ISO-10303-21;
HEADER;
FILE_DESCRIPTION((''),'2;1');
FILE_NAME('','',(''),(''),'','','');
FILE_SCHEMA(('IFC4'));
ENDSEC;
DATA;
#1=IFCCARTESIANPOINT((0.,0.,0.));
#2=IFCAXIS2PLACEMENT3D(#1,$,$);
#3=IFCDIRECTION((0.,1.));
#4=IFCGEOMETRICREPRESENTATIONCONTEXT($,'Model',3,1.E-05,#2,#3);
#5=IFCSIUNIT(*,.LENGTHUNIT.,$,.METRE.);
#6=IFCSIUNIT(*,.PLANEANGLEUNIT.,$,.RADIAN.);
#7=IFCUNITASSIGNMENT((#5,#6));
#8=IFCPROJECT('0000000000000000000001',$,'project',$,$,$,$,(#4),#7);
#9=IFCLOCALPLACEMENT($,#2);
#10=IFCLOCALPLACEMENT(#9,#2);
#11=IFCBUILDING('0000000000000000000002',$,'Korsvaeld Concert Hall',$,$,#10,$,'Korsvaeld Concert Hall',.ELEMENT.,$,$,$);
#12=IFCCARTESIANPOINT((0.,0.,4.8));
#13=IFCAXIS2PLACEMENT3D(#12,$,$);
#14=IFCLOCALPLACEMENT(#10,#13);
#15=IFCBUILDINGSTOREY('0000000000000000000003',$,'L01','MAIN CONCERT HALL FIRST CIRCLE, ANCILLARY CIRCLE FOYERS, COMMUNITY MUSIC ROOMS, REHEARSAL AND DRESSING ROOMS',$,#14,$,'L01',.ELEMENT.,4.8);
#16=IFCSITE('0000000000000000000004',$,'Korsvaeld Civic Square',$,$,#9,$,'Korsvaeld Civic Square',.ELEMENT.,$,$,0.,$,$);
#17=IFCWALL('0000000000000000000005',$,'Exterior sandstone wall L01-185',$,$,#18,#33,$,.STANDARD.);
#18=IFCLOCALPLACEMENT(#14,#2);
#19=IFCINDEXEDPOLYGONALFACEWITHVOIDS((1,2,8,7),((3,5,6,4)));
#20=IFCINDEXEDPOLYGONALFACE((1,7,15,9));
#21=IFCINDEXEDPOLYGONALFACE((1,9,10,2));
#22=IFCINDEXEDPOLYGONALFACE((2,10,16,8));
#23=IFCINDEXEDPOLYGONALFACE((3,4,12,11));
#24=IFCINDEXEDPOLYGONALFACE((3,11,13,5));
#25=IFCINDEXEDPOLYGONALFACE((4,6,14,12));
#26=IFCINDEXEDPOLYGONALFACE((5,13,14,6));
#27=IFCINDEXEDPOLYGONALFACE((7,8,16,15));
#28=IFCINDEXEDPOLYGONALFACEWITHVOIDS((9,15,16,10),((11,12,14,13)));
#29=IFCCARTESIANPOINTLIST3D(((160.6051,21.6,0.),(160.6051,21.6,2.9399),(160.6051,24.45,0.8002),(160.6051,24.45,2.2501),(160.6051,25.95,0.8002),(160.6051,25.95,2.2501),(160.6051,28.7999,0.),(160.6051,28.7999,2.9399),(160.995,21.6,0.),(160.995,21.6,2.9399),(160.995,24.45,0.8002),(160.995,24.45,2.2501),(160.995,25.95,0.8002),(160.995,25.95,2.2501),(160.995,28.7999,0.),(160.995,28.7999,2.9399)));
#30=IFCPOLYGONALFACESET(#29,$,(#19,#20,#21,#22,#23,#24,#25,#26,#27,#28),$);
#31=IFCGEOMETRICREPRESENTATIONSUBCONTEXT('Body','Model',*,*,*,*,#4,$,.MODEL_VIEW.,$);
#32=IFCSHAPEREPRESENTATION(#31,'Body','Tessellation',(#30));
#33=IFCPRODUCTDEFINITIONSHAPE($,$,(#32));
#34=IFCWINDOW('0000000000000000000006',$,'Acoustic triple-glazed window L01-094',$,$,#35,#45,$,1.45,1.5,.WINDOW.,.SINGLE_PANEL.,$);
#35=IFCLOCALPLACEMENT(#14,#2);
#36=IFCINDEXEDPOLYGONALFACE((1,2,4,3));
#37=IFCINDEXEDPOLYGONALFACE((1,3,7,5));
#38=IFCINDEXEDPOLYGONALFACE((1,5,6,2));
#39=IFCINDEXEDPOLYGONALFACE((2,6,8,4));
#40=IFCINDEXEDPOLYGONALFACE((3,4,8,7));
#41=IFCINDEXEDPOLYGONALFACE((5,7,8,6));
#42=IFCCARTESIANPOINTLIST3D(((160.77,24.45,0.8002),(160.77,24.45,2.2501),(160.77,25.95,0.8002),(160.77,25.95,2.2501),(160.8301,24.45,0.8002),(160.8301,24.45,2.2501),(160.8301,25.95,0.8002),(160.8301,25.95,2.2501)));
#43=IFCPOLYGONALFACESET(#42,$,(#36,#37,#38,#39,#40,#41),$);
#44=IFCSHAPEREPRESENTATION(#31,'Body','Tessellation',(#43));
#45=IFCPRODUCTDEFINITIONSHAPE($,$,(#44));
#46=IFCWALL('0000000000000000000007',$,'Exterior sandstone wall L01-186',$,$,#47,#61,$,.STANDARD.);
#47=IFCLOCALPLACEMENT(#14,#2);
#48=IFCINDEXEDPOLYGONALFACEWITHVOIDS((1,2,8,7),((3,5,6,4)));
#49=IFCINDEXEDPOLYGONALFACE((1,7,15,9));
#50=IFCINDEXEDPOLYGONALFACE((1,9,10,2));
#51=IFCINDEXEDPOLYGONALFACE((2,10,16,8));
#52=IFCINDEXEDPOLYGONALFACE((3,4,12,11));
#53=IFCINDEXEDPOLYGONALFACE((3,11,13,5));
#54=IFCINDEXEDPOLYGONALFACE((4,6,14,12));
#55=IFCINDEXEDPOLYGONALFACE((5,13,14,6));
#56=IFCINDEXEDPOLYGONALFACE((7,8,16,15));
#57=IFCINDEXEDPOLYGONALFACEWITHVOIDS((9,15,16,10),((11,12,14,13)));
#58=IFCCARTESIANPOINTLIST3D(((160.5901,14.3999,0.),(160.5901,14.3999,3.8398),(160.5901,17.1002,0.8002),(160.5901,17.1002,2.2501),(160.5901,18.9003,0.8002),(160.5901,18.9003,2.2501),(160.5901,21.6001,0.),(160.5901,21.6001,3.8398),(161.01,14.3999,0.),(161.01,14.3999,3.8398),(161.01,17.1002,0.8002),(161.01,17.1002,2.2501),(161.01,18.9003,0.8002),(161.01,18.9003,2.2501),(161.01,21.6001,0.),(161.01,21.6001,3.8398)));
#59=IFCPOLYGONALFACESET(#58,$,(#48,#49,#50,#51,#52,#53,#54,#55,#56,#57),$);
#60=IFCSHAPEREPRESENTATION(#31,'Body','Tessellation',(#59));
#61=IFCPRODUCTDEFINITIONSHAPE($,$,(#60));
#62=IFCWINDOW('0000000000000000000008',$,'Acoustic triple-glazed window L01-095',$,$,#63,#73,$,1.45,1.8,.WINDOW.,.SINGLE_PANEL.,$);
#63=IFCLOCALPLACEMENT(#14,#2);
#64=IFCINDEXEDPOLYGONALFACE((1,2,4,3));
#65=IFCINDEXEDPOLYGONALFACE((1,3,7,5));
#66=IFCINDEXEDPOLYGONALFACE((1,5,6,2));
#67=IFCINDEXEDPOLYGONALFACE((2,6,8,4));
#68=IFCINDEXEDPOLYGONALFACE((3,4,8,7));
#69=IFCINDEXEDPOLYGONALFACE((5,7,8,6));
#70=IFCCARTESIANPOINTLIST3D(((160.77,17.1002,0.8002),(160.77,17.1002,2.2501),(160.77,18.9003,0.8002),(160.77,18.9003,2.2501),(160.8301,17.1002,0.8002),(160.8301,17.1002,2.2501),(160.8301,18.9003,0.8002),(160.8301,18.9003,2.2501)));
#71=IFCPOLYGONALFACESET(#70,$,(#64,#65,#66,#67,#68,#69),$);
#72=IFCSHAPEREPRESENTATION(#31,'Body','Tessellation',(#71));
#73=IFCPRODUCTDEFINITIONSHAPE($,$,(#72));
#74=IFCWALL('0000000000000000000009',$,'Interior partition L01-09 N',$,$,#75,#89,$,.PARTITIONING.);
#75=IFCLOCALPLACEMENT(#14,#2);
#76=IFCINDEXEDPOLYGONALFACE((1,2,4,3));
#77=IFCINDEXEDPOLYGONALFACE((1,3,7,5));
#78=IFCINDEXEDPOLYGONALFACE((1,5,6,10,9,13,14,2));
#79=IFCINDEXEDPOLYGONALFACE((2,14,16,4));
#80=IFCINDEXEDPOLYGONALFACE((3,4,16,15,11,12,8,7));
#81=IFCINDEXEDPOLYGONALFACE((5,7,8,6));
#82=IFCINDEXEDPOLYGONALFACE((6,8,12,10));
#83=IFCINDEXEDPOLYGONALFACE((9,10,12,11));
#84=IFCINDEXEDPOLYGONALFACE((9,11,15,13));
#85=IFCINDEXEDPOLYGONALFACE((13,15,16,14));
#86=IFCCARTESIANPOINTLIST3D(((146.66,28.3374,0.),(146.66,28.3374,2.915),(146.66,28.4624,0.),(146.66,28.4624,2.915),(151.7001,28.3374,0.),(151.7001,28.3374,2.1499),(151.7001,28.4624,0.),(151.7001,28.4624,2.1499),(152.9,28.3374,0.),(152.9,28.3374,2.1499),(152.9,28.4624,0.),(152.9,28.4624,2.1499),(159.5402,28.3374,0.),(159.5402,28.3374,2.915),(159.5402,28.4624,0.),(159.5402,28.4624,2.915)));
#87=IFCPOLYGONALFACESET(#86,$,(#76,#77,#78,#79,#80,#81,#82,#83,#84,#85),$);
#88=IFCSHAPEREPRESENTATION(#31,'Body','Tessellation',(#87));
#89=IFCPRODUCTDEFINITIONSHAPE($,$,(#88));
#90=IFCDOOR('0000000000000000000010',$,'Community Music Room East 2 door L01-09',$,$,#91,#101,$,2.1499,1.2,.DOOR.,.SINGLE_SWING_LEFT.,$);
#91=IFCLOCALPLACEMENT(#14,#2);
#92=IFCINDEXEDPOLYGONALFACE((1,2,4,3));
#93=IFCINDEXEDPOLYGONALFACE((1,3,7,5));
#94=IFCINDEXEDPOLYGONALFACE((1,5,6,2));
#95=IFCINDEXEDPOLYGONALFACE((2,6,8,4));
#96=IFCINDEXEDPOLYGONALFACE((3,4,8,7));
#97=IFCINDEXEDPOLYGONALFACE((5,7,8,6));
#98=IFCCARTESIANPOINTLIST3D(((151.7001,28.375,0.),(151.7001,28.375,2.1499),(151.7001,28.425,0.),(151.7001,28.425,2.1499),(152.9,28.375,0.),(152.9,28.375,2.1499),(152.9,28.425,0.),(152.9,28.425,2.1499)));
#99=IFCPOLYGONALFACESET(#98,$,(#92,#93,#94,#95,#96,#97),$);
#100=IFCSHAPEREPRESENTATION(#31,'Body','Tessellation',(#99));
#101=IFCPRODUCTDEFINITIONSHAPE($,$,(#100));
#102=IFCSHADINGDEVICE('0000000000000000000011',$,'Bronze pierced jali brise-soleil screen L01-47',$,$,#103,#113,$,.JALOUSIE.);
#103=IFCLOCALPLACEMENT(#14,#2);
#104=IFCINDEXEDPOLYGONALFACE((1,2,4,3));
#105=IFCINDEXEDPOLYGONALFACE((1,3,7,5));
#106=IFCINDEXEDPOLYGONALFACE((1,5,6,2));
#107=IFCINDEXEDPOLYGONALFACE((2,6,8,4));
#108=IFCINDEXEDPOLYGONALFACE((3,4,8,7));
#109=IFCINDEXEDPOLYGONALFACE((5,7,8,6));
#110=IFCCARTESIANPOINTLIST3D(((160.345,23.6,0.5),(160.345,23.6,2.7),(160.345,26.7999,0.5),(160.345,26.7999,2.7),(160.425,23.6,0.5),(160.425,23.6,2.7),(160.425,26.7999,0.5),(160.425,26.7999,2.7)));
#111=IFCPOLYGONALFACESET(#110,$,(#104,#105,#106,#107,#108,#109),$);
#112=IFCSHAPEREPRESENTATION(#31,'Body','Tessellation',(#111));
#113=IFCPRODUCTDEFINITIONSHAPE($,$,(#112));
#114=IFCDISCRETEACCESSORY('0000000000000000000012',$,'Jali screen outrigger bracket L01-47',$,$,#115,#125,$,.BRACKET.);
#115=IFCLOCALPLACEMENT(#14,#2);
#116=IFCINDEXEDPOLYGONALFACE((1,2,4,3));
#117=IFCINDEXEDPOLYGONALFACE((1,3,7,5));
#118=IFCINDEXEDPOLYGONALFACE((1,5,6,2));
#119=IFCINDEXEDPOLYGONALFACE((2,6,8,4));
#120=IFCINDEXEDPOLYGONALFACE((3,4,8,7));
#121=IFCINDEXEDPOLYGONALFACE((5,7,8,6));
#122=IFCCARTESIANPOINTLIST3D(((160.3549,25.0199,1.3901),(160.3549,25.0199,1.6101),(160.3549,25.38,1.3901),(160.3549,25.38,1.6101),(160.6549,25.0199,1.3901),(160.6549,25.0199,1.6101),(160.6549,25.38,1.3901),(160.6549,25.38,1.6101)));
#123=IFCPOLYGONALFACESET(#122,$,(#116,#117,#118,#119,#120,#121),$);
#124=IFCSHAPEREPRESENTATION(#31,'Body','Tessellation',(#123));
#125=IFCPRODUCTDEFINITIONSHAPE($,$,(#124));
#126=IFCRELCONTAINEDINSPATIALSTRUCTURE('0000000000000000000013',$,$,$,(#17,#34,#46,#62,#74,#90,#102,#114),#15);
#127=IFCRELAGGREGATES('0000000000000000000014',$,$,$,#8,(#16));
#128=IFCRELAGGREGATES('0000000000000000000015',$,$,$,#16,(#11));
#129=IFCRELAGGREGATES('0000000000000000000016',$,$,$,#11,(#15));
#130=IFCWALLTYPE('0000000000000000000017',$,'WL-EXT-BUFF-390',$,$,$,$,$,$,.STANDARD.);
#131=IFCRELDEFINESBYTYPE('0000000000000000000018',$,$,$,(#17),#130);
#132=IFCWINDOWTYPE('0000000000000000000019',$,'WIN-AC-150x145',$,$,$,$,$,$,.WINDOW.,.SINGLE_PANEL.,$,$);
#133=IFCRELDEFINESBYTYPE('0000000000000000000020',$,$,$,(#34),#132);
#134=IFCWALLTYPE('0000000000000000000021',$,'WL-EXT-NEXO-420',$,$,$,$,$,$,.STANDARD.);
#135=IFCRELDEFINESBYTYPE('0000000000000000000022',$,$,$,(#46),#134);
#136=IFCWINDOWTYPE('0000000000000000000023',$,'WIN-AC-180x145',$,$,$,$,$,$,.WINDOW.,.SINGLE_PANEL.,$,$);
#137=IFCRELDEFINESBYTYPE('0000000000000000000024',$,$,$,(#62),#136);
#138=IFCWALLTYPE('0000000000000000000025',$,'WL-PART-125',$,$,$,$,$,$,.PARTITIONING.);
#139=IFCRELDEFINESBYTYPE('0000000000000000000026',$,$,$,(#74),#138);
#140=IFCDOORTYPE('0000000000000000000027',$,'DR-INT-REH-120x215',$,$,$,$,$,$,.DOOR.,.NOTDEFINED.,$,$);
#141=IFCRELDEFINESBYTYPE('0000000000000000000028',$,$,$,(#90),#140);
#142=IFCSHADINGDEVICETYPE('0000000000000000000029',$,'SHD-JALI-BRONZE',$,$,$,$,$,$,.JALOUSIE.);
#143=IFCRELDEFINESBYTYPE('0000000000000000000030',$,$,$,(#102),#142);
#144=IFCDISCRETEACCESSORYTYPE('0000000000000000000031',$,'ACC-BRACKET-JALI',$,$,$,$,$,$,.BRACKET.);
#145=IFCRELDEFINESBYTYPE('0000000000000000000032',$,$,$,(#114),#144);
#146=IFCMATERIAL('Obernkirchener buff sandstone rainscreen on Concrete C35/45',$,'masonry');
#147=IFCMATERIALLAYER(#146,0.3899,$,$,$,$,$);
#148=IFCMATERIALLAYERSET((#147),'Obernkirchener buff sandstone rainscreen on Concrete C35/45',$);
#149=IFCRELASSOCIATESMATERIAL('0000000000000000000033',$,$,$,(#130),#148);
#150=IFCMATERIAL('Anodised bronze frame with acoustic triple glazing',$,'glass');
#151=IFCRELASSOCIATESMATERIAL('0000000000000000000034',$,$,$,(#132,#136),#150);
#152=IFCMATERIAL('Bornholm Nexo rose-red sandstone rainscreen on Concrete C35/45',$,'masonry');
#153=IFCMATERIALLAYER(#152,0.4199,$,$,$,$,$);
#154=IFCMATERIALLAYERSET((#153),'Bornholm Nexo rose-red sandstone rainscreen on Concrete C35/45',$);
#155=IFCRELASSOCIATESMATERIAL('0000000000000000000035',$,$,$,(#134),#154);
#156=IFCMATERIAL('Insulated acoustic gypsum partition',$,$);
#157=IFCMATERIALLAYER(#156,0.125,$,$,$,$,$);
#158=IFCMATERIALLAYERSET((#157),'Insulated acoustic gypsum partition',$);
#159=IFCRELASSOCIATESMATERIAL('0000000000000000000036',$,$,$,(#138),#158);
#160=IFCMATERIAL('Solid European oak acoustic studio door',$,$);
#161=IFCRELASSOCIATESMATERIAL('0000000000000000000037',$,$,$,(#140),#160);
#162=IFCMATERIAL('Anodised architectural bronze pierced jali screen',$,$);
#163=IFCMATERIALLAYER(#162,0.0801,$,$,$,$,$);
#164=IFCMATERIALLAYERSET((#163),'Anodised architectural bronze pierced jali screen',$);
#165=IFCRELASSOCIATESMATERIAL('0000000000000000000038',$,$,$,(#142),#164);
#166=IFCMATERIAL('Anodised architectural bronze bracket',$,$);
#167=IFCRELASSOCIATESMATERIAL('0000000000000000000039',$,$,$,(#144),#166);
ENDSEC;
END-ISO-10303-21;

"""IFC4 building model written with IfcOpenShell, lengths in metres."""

from ifc_helpers import new_model, si_unit, direction, frame, frame_2d, origin, origin_2d, place, context, subcontext, project, spatial, rectangle, extrude, material, layer, layer_set, type_object, element, fill, save


model = new_model("IFC4")

# Units and contexts
model_context = context("Model", 3, precision=1e-05, world=origin(), true_north=direction((0.0, 1.0)))
body_context = subcontext(model_context, "Body", "Model", "MODEL_VIEW")
ifc_project = project(units=[si_unit("LENGTHUNIT", "METRE"), si_unit("PLANEANGLEUNIT", "RADIAN")], contexts=[model_context])

# Site, building, storey
site_placement = place(None, origin())
site = spatial("IfcSite", under=ifc_project, at=site_placement, Name="Korsvaeld Civic Square", LongName="Korsvaeld Civic Square", CompositionType="ELEMENT", RefElevation=0.0)
building_placement = place(site_placement, origin())
building = spatial("IfcBuilding", under=site, at=building_placement, Name="Korsvaeld Concert Hall", LongName="Korsvaeld Concert Hall", CompositionType="ELEMENT")
storey_placement = place(building_placement, frame((0.0, 0.0, 4.8)))
storey = spatial("IfcBuildingStorey", under=building, at=storey_placement, Name="L01", Description="MAIN CONCERT HALL FIRST CIRCLE, ANCILLARY CIRCLE FOYERS, COMMUNITY MUSIC ROOMS, REHEARSAL AND DRESSING ROOMS", LongName="L01", CompositionType="ELEMENT", Elevation=4.8)

# Walls, openings, windows
ifc_material_1 = material(Name="Obernkirchener buff sandstone rainscreen on Concrete C35/45", Category="masonry")
ifc_layer_1 = layer(ifc_material_1, 0.3899)
ifc_layer_set_1 = layer_set([ifc_layer_1], Name="Obernkirchener buff sandstone rainscreen on Concrete C35/45")
wall_type_1 = type_object("IfcWallType", Name="WL-EXT-BUFF-390", PredefinedType="STANDARD", material=ifc_layer_set_1)
wall_1_placement = place(storey_placement, frame((160.8, 28.8, 0.0), z_axis=(0.0, 0.0, 1.0), x_axis=(0.0, -1.0, 0.0)))
wall_1 = element("IfcWall", 1, at=wall_1_placement, inside=storey, type_object=wall_type_1, Name="Exterior sandstone wall L01-185", PredefinedType="STANDARD", context=body_context, shape_type="SweptSolid", body=[
    extrude(rectangle(XDim=7.2, YDim=0.3899, at=frame_2d((3.6001, 0.0))), origin(), (0.0, 0.0, 1.0), 2.9399),
])
opening_1_placement = place(wall_1_placement, frame((2.8501, 0.0, 0.8)))
opening_1 = element("IfcOpeningElement", 2, at=opening_1_placement, cuts=wall_1, PredefinedType="OPENING", context=body_context, shape_type="SweptSolid", body=[
    extrude(rectangle(XDim=1.5, YDim=1.45, at=frame_2d((0.75, 0.7251))), frame((0.0, 0.2051, 0.0), z_axis=(0.0, -1.0, 0.0), x_axis=(1.0, 0.0, 0.0)), (0.0, 0.0, 1.0), 0.4099),
])
ifc_material_2 = material(Name="Anodised bronze frame with acoustic triple glazing", Category="glass")
window_type_1 = type_object("IfcWindowType", Name="WIN-AC-150x145", PartitioningType="SINGLE_PANEL", PredefinedType="WINDOW", material=ifc_material_2)
window_1_placement = place(opening_1_placement, origin())
window_1 = element("IfcWindow", 3, at=window_1_placement, inside=storey, type_object=window_type_1, Name="Acoustic triple-glazed window L01-094", OverallHeight=1.45, OverallWidth=1.5, PartitioningType="SINGLE_PANEL", PredefinedType="WINDOW", context=body_context, shape_type="SweptSolid", body=[
    extrude(rectangle(XDim=1.5, YDim=1.45, at=frame_2d((0.75, 0.7251))), frame((0.0, 0.03, 0.0), z_axis=(0.0, -1.0, 0.0), x_axis=(1.0, 0.0, 0.0)), (0.0, 0.0, 1.0), 0.0601),
])
fill(opening_1, window_1)
ifc_material_3 = material(Name="Bornholm Nexo rose-red sandstone rainscreen on Concrete C35/45", Category="masonry")
ifc_layer_2 = layer(ifc_material_3, 0.4199)
ifc_layer_set_2 = layer_set([ifc_layer_2], Name="Bornholm Nexo rose-red sandstone rainscreen on Concrete C35/45")
wall_type_2 = type_object("IfcWallType", Name="WL-EXT-NEXO-420", PredefinedType="STANDARD", material=ifc_layer_set_2)
wall_2_placement = place(storey_placement, frame((160.8, 21.6001, 0.0), z_axis=(0.0, 0.0, 1.0), x_axis=(0.0, -1.0, 0.0)))
wall_2 = element("IfcWall", 4, at=wall_2_placement, inside=storey, type_object=wall_type_2, Name="Exterior sandstone wall L01-186", PredefinedType="STANDARD", context=body_context, shape_type="SweptSolid", body=[
    extrude(rectangle(XDim=7.2002, YDim=0.4199, at=frame_2d((3.6001, 0.0))), origin(), (0.0, 0.0, 1.0), 3.8398),
])
opening_2_placement = place(wall_2_placement, frame((2.7, 0.0, 0.8)))
opening_2 = element("IfcOpeningElement", 5, at=opening_2_placement, cuts=wall_2, PredefinedType="OPENING", context=body_context, shape_type="SweptSolid", body=[
    extrude(rectangle(XDim=1.8, YDim=1.45, at=frame_2d((0.8999, 0.7251))), frame((0.0, 0.22, 0.0), z_axis=(0.0, -1.0, 0.0), x_axis=(1.0, 0.0, 0.0)), (0.0, 0.0, 1.0), 0.4399),
])
window_type_2 = type_object("IfcWindowType", Name="WIN-AC-180x145", PartitioningType="SINGLE_PANEL", PredefinedType="WINDOW", material=ifc_material_2)
window_2_placement = place(opening_2_placement, origin())
window_2 = element("IfcWindow", 6, at=window_2_placement, inside=storey, type_object=window_type_2, Name="Acoustic triple-glazed window L01-095", OverallHeight=1.45, OverallWidth=1.8, PartitioningType="SINGLE_PANEL", PredefinedType="WINDOW", context=body_context, shape_type="SweptSolid", body=[
    extrude(rectangle(XDim=1.8, YDim=1.45, at=frame_2d((0.8999, 0.7251))), frame((0.0, 0.03, 0.0), z_axis=(0.0, -1.0, 0.0), x_axis=(1.0, 0.0, 0.0)), (0.0, 0.0, 1.0), 0.0601),
])
fill(opening_2, window_2)

# Wall, opening, door
ifc_material_4 = material(Name="Insulated acoustic gypsum partition")
ifc_layer_3 = layer(ifc_material_4, 0.125)
ifc_layer_set_3 = layer_set([ifc_layer_3], Name="Insulated acoustic gypsum partition")
wall_type_3 = type_object("IfcWallType", Name="WL-PART-125", PredefinedType="PARTITIONING", material=ifc_layer_set_3)
wall_3_placement = place(storey_placement, frame((159.54, 28.3999, 0.0), z_axis=(0.0, 0.0, 1.0), x_axis=(-1.0, 0.0, 0.0)))
wall_3 = element("IfcWall", 7, at=wall_3_placement, inside=storey, type_object=wall_type_3, Name="Interior partition L01-09 N", PredefinedType="PARTITIONING", context=body_context, shape_type="SweptSolid", body=[
    extrude(rectangle(XDim=12.8801, YDim=0.125, at=frame_2d((6.4399, 0.0))), origin(), (0.0, 0.0, 1.0), 2.915),
])
opening_3_placement = place(wall_3_placement, frame((6.6399, 0.0, 0.0)))
opening_3 = element("IfcOpeningElement", 8, at=opening_3_placement, cuts=wall_3, PredefinedType="OPENING", context=body_context, shape_type="SweptSolid", body=[
    extrude(rectangle(XDim=1.2, YDim=2.1499, at=frame_2d((0.6001, 1.075))), frame((0.0, 0.0725, 0.0), z_axis=(0.0, -1.0, 0.0), x_axis=(1.0, 0.0, 0.0)), (0.0, 0.0, 1.0), 0.145),
])
ifc_material_5 = material(Name="Solid European oak acoustic studio door")
door_type = type_object("IfcDoorType", Name="DR-INT-REH-120x215", OperationType="NOTDEFINED", PredefinedType="DOOR", material=ifc_material_5)
door_placement = place(opening_3_placement, origin())
door = element("IfcDoor", 9, at=door_placement, inside=storey, type_object=door_type, Name="Community Music Room East 2 door L01-09", OperationType="SINGLE_SWING_LEFT", OverallHeight=2.1499, OverallWidth=1.2, PredefinedType="DOOR", context=body_context, shape_type="SweptSolid", body=[
    extrude(rectangle(XDim=1.2, YDim=2.1499, at=frame_2d((0.6001, 1.075))), frame((0.0, 0.0249, 0.0), z_axis=(0.0, -1.0, 0.0), x_axis=(1.0, 0.0, 0.0)), (0.0, 0.0, 1.0), 0.05),
])
fill(opening_3, door)

# Shading device
ifc_material_6 = material(Name="Anodised architectural bronze pierced jali screen")
ifc_layer_4 = layer(ifc_material_6, 0.0801)
ifc_layer_set_4 = layer_set([ifc_layer_4], Name="Anodised architectural bronze pierced jali screen")
shading_device_type = type_object("IfcShadingDeviceType", Name="SHD-JALI-BRONZE", PredefinedType="JALOUSIE", material=ifc_layer_set_4)
shading_device_placement = place(storey_placement, frame((160.385, 25.2, 0.5), z_axis=(0.0, 0.0, 1.0), x_axis=(0.0, -1.0, 0.0)))
element("IfcShadingDevice", 10, at=shading_device_placement, inside=storey, type_object=shading_device_type, Name="Bronze pierced jali brise-soleil screen L01-47", PredefinedType="JALOUSIE", context=body_context, shape_type="SweptSolid", body=[
    extrude(rectangle(XDim=3.2, YDim=0.0801, at=origin_2d()), origin(), (0.0, 0.0, 1.0), 2.2),
])

# Discrete accessory
ifc_material_7 = material(Name="Anodised architectural bronze bracket")
discrete_accessory_type = type_object("IfcDiscreteAccessoryType", Name="ACC-BRACKET-JALI", PredefinedType="BRACKET", material=ifc_material_7)
discrete_accessory_placement = place(storey_placement, frame((160.5049, 25.2, 1.3901), z_axis=(0.0, 0.0, 1.0), x_axis=(0.0, -1.0, 0.0)))
element("IfcDiscreteAccessory", 11, at=discrete_accessory_placement, inside=storey, type_object=discrete_accessory_type, Name="Jali screen outrigger bracket L01-47", PredefinedType="BRACKET", context=body_context, shape_type="SweptSolid", body=[
    extrude(rectangle(XDim=0.3601, YDim=0.3, at=origin_2d()), origin(), (0.0, 0.0, 1.0), 0.22),
])

save(model, "model.ifc")
